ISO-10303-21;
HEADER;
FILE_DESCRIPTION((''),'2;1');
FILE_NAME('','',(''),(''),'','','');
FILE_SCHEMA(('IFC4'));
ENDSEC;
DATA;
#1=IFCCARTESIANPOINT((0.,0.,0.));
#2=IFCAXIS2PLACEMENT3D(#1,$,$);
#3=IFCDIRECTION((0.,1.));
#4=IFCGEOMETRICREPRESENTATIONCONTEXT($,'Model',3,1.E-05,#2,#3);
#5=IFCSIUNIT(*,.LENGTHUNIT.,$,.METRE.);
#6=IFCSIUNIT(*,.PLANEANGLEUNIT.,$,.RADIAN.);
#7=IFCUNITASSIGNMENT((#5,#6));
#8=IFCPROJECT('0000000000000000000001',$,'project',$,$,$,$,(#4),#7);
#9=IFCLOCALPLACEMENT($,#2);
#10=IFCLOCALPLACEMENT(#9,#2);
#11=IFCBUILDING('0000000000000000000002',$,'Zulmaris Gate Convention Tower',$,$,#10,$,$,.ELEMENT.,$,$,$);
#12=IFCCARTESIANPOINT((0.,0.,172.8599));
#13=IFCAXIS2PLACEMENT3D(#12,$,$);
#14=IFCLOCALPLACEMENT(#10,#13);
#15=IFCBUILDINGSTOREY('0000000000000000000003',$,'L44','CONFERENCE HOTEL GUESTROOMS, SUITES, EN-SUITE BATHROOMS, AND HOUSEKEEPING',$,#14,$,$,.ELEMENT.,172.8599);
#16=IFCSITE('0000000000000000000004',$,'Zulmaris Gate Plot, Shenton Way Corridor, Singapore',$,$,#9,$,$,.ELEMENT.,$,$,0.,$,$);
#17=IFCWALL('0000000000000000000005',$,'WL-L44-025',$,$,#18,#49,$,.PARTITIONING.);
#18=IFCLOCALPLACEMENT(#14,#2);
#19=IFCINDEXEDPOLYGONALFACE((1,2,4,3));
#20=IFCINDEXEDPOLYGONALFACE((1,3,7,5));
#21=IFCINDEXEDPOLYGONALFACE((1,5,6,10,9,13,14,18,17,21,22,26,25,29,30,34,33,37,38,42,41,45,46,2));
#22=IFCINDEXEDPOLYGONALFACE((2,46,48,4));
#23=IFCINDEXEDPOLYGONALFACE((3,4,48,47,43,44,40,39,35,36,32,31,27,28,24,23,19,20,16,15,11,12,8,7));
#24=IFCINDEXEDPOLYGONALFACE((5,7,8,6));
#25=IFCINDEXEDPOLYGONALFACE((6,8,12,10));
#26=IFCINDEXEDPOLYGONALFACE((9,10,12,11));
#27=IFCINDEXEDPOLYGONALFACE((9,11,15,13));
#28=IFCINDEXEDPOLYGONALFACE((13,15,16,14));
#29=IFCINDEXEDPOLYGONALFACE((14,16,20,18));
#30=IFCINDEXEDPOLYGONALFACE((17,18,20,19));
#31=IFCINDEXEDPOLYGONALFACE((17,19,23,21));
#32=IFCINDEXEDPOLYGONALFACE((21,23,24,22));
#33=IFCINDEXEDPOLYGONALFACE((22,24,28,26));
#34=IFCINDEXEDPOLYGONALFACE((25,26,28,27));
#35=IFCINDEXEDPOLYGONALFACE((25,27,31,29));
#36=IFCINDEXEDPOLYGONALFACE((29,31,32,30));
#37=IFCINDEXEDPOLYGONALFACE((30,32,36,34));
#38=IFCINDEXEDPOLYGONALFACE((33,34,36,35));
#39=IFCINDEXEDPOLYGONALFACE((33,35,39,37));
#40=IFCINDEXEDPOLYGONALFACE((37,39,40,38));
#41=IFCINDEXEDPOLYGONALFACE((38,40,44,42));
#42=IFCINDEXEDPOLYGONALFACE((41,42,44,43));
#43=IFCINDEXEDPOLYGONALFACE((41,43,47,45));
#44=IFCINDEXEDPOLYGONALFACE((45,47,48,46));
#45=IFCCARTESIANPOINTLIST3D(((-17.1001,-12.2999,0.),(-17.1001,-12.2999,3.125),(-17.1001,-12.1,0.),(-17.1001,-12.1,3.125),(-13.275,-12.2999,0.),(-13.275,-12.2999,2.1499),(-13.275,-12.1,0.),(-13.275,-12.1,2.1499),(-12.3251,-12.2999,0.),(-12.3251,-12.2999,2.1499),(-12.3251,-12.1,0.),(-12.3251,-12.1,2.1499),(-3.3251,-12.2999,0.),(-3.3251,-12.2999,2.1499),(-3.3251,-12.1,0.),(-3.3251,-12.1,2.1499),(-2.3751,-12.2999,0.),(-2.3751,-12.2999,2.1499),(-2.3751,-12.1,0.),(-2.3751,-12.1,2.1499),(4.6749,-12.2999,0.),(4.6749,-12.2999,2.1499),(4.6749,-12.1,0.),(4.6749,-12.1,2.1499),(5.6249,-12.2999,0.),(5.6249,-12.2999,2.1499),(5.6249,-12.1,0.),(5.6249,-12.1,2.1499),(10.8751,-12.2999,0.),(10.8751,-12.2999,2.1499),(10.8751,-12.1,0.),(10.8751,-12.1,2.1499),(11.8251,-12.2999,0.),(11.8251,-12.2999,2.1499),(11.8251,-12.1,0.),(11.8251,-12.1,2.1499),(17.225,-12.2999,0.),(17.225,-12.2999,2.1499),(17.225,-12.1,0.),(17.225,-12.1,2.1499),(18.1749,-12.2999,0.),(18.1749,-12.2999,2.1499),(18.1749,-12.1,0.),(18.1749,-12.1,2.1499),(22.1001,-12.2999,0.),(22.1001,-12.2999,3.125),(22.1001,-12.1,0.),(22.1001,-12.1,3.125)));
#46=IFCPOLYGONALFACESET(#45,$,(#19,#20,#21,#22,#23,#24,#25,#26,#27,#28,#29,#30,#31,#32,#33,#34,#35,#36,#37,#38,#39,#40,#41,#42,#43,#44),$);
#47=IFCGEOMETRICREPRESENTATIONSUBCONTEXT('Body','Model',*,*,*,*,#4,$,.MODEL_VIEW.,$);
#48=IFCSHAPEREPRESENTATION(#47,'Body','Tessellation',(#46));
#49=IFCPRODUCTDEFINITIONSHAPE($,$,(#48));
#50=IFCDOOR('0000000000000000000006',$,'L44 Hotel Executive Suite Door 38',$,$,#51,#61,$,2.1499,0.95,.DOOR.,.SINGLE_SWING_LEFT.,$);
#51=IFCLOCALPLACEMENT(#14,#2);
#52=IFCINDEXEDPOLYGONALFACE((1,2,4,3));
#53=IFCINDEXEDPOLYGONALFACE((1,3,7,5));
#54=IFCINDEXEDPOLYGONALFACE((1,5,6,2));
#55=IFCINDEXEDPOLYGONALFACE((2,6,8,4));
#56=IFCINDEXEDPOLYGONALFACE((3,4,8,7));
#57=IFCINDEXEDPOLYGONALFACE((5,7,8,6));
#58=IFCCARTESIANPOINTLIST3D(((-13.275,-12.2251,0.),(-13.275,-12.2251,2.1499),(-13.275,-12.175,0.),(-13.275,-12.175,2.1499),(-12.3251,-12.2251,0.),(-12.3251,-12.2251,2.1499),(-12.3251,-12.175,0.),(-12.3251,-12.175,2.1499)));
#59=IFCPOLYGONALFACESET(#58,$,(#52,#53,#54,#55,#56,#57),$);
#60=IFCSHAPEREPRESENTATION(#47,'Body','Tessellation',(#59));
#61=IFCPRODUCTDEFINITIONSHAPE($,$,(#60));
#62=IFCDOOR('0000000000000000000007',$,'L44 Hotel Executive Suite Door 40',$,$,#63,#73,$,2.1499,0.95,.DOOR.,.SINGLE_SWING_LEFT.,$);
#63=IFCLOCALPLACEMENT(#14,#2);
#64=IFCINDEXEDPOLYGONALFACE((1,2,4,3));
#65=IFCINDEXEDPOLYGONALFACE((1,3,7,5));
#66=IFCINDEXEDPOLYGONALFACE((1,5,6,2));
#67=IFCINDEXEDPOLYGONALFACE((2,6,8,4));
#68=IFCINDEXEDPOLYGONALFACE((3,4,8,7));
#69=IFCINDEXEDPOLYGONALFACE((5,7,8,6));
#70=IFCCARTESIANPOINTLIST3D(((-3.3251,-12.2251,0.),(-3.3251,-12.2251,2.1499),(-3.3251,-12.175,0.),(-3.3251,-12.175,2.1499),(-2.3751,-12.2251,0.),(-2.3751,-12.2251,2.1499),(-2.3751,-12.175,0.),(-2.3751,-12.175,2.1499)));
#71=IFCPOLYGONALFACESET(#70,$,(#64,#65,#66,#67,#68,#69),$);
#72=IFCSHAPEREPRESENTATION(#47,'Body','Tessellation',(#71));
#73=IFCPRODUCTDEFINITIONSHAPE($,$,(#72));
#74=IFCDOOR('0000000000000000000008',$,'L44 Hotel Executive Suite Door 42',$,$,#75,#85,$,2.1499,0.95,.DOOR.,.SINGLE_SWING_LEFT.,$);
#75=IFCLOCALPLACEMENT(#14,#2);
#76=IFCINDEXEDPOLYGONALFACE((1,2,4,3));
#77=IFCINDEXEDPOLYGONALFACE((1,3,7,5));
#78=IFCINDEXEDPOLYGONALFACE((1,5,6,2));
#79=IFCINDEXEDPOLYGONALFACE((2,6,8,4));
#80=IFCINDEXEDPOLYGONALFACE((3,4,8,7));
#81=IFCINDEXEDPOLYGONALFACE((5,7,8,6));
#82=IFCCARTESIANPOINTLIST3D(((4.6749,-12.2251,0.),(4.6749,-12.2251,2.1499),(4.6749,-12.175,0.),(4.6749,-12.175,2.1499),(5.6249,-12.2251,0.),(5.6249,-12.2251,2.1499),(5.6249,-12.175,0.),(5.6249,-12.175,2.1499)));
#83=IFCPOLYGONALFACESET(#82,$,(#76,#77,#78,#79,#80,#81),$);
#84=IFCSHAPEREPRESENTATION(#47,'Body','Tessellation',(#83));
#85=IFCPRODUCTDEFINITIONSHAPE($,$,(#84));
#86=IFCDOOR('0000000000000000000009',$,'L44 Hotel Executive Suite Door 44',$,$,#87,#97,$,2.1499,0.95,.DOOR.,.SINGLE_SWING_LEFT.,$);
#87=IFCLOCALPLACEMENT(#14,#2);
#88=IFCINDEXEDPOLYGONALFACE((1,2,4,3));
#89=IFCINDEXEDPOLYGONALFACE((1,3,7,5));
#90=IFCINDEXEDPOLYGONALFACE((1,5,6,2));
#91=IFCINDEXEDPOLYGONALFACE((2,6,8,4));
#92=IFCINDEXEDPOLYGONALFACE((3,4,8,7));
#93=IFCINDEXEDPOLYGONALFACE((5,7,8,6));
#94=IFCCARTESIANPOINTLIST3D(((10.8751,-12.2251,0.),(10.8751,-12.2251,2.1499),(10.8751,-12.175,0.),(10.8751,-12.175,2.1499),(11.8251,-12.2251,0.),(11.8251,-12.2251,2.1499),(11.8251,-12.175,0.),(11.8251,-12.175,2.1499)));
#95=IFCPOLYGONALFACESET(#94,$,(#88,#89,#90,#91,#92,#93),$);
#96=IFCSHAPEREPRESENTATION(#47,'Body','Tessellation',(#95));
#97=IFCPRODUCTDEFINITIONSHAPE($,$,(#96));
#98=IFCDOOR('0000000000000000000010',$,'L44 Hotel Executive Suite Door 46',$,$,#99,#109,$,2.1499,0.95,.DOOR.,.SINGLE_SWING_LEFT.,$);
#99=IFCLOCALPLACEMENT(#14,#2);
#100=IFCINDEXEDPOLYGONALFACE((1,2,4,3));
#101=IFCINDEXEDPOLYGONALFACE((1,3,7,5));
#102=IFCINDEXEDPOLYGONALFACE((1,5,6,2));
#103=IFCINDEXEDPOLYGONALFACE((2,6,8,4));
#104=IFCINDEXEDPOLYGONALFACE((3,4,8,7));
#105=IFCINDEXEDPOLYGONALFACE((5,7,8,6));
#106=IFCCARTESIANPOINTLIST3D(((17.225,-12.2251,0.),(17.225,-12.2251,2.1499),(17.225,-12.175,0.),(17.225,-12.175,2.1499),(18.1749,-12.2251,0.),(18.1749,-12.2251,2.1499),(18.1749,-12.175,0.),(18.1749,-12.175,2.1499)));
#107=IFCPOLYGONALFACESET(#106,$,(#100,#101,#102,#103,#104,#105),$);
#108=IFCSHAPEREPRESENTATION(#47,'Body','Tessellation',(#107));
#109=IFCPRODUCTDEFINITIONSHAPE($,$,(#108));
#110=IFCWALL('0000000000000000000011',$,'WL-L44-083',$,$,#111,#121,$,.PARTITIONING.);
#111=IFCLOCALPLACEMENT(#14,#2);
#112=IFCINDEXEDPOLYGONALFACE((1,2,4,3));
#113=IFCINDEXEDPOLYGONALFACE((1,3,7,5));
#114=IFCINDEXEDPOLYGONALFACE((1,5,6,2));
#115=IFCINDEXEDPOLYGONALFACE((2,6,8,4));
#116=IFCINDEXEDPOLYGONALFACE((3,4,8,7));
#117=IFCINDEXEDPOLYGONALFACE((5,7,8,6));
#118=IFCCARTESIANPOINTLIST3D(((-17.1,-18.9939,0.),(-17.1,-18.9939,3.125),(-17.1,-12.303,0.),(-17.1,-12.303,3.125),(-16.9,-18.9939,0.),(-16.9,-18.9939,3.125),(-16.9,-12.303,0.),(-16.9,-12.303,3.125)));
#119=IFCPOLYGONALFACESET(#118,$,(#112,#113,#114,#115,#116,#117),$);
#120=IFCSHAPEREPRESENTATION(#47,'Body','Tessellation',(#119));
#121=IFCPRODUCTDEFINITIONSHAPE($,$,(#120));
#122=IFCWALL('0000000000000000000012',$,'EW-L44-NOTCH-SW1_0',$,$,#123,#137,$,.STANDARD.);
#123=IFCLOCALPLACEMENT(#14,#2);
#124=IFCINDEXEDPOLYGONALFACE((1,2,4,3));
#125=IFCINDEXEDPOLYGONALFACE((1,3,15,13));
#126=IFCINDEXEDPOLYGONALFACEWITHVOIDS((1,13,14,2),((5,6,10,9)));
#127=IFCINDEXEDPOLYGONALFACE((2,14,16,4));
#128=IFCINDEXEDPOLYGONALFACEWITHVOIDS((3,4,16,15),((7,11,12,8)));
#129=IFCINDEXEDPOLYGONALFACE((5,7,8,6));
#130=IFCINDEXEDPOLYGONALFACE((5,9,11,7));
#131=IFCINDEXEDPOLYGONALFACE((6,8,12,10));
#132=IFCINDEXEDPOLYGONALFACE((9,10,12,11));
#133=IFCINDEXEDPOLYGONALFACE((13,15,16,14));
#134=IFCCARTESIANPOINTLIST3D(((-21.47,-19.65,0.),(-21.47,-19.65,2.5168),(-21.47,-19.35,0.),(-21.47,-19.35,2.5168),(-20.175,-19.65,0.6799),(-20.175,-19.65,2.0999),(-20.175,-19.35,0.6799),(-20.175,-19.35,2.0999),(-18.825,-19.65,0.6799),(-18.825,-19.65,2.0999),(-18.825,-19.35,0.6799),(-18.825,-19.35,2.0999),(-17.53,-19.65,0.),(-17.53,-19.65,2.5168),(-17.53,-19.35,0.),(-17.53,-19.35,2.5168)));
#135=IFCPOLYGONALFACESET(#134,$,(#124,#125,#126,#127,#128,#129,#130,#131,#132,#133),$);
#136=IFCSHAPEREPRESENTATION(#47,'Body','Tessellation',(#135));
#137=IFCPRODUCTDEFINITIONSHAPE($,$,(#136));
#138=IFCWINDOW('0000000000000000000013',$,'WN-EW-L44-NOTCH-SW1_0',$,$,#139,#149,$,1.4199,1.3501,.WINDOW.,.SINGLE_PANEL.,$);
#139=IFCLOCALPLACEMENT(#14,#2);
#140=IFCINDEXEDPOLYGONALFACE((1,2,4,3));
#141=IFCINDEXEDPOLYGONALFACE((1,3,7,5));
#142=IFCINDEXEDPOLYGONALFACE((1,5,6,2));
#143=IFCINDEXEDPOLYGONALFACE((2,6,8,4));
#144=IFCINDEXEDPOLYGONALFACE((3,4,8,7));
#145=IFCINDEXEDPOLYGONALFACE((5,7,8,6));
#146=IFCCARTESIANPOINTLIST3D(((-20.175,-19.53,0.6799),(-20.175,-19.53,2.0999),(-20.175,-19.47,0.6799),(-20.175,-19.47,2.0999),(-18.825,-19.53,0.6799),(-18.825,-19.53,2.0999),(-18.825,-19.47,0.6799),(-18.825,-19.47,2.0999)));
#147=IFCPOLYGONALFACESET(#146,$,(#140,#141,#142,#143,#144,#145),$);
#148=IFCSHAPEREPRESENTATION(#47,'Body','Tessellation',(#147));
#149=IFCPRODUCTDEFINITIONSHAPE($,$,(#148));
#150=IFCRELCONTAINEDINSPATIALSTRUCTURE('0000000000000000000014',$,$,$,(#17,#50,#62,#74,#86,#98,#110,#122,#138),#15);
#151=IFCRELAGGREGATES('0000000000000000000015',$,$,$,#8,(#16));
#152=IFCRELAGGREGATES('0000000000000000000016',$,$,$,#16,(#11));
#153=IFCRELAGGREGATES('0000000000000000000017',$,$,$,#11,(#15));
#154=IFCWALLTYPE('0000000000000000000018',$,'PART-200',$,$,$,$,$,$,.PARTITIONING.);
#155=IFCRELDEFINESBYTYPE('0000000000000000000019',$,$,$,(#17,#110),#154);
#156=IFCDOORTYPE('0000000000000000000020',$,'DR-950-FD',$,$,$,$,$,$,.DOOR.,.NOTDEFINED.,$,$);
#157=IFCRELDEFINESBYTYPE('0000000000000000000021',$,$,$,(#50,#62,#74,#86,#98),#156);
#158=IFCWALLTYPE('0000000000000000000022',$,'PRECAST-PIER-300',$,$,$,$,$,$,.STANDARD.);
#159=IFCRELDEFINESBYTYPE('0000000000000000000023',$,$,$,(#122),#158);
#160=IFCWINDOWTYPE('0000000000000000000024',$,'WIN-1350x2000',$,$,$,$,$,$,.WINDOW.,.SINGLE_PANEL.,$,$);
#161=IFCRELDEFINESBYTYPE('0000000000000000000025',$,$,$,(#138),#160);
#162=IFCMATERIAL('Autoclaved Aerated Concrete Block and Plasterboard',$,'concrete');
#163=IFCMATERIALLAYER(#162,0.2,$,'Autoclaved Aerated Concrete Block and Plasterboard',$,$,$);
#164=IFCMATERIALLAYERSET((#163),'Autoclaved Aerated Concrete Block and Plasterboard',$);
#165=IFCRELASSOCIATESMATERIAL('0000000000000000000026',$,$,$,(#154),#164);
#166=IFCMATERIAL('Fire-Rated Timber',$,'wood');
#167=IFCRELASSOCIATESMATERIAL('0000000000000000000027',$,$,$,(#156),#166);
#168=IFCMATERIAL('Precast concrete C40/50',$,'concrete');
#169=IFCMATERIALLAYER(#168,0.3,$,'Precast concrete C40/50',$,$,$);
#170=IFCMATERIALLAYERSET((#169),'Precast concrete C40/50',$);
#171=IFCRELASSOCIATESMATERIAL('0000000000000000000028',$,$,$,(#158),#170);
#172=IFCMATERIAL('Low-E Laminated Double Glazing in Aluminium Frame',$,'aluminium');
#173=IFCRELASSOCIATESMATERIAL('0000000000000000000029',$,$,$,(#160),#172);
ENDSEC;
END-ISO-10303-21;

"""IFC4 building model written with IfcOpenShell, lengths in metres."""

from ifc_helpers import new_model, si_unit, direction, frame, frame_2d, origin, place, context, subcontext, project, spatial, rectangle, extrude, material, layer, layer_set, type_object, element, fill, save


model = new_model("IFC4")

# Units and contexts
model_context = context("Model", 3, precision=1e-05, world=origin(), true_north=direction((0.0, 1.0)))
body_context = subcontext(model_context, "Body", "Model", "MODEL_VIEW")
ifc_project = project(units=[si_unit("LENGTHUNIT", "METRE"), si_unit("PLANEANGLEUNIT", "RADIAN")], contexts=[model_context])

# Site, building, storey
site_placement = place(None, origin())
site = spatial("IfcSite", under=ifc_project, at=site_placement, Name="Zulmaris Gate Plot, Shenton Way Corridor, Singapore", CompositionType="ELEMENT", RefElevation=0.0)
building_placement = place(site_placement, origin())
building = spatial("IfcBuilding", under=site, at=building_placement, Name="Zulmaris Gate Convention Tower", CompositionType="ELEMENT")
storey_placement = place(building_placement, frame((0.0, 0.0, 172.8599)))
storey = spatial("IfcBuildingStorey", under=building, at=storey_placement, Name="L44", Description="CONFERENCE HOTEL GUESTROOMS, SUITES, EN-SUITE BATHROOMS, AND HOUSEKEEPING", CompositionType="ELEMENT", Elevation=172.8599)

# Wall, openings, doors
ifc_material_1 = material(Name="Autoclaved Aerated Concrete Block and Plasterboard", Category="concrete")
ifc_layer_1 = layer(ifc_material_1, 0.2, Name="Autoclaved Aerated Concrete Block and Plasterboard")
ifc_layer_set_1 = layer_set([ifc_layer_1], Name="Autoclaved Aerated Concrete Block and Plasterboard")
wall_type_1 = type_object("IfcWallType", Name="PART-200", PredefinedType="PARTITIONING", material=ifc_layer_set_1)
wall_1_placement = place(storey_placement, frame((-17.1001, -12.2, 0.0), z_axis=(0.0, 0.0, 1.0), x_axis=(1.0, 0.0, 0.0)))
wall_1 = element("IfcWall", 1, at=wall_1_placement, inside=storey, type_object=wall_type_1, Name="WL-L44-025", PredefinedType="PARTITIONING", context=body_context, shape_type="SweptSolid", body=[
    extrude(rectangle(XDim=39.2002, YDim=0.2, at=frame_2d((19.6001, 0.0))), origin(), (0.0, 0.0, 1.0), 3.125),
])
opening_1_placement = place(wall_1_placement, frame((3.825, 0.0, 0.0)))
opening_1 = element("IfcOpeningElement", 2, at=opening_1_placement, cuts=wall_1, PredefinedType="OPENING", context=body_context, shape_type="SweptSolid", body=[
    extrude(rectangle(XDim=0.95, YDim=2.1499, at=frame_2d((0.4751, 1.075))), frame((0.0, 0.1099, 0.0), z_axis=(0.0, -1.0, 0.0), x_axis=(1.0, 0.0, 0.0)), (0.0, 0.0, 1.0), 0.22),
])
opening_2_placement = place(wall_1_placement, frame((13.7749, 0.0, 0.0)))
opening_2 = element("IfcOpeningElement", 3, at=opening_2_placement, cuts=wall_1, PredefinedType="OPENING", context=body_context, shape_type="SweptSolid", body=[
    extrude(rectangle(XDim=0.95, YDim=2.1499, at=frame_2d((0.4751, 1.075))), frame((0.0, 0.1099, 0.0), z_axis=(0.0, -1.0, 0.0), x_axis=(1.0, 0.0, 0.0)), (0.0, 0.0, 1.0), 0.22),
])
opening_3_placement = place(wall_1_placement, frame((21.7749, 0.0, 0.0)))
opening_3 = element("IfcOpeningElement", 4, at=opening_3_placement, cuts=wall_1, PredefinedType="OPENING", context=body_context, shape_type="SweptSolid", body=[
    extrude(rectangle(XDim=0.95, YDim=2.1499, at=frame_2d((0.4751, 1.075))), frame((0.0, 0.1099, 0.0), z_axis=(0.0, -1.0, 0.0), x_axis=(1.0, 0.0, 0.0)), (0.0, 0.0, 1.0), 0.22),
])
opening_4_placement = place(wall_1_placement, frame((27.9751, 0.0, 0.0)))
opening_4 = element("IfcOpeningElement", 5, at=opening_4_placement, cuts=wall_1, PredefinedType="OPENING", context=body_context, shape_type="SweptSolid", body=[
    extrude(rectangle(XDim=0.95, YDim=2.1499, at=frame_2d((0.4751, 1.075))), frame((0.0, 0.1099, 0.0), z_axis=(0.0, -1.0, 0.0), x_axis=(1.0, 0.0, 0.0)), (0.0, 0.0, 1.0), 0.22),
])
opening_5_placement = place(wall_1_placement, frame((34.325, 0.0, 0.0)))
opening_5 = element("IfcOpeningElement", 6, at=opening_5_placement, cuts=wall_1, PredefinedType="OPENING", context=body_context, shape_type="SweptSolid", body=[
    extrude(rectangle(XDim=0.95, YDim=2.1499, at=frame_2d((0.4751, 1.075))), frame((0.0, 0.1099, 0.0), z_axis=(0.0, -1.0, 0.0), x_axis=(1.0, 0.0, 0.0)), (0.0, 0.0, 1.0), 0.22),
])
ifc_material_2 = material(Name="Fire-Rated Timber", Category="wood")
door_type_1 = type_object("IfcDoorType", Name="DR-950-FD", OperationType="NOTDEFINED", PredefinedType="DOOR", material=ifc_material_2)
door_1_placement = place(opening_1_placement, origin())
door_1 = element("IfcDoor", 7, at=door_1_placement, inside=storey, type_object=door_type_1, Name="L44 Hotel Executive Suite Door 38", OperationType="SINGLE_SWING_LEFT", OverallHeight=2.1499, OverallWidth=0.95, PredefinedType="DOOR", context=body_context, shape_type="SweptSolid", body=[
    extrude(rectangle(XDim=0.95, YDim=2.1499, at=frame_2d((0.4751, 1.075))), frame((0.0, 0.0249, 0.0), z_axis=(0.0, -1.0, 0.0), x_axis=(1.0, 0.0, 0.0)), (0.0, 0.0, 1.0), 0.05),
])
fill(opening_1, door_1)
door_2_placement = place(opening_2_placement, origin())
door_2 = element("IfcDoor", 8, at=door_2_placement, inside=storey, type_object=door_type_1, Name="L44 Hotel Executive Suite Door 40", OperationType="SINGLE_SWING_LEFT", OverallHeight=2.1499, OverallWidth=0.95, PredefinedType="DOOR", context=body_context, shape_type="SweptSolid", body=[
    extrude(rectangle(XDim=0.95, YDim=2.1499, at=frame_2d((0.4751, 1.075))), frame((0.0, 0.0249, 0.0), z_axis=(0.0, -1.0, 0.0), x_axis=(1.0, 0.0, 0.0)), (0.0, 0.0, 1.0), 0.05),
])
fill(opening_2, door_2)
door_3_placement = place(opening_3_placement, origin())
door_3 = element("IfcDoor", 9, at=door_3_placement, inside=storey, type_object=door_type_1, Name="L44 Hotel Executive Suite Door 42", OperationType="SINGLE_SWING_LEFT", OverallHeight=2.1499, OverallWidth=0.95, PredefinedType="DOOR", context=body_context, shape_type="SweptSolid", body=[
    extrude(rectangle(XDim=0.95, YDim=2.1499, at=frame_2d((0.4751, 1.075))), frame((0.0, 0.0249, 0.0), z_axis=(0.0, -1.0, 0.0), x_axis=(1.0, 0.0, 0.0)), (0.0, 0.0, 1.0), 0.05),
])
fill(opening_3, door_3)
door_4_placement = place(opening_4_placement, origin())
door_4 = element("IfcDoor", 10, at=door_4_placement, inside=storey, type_object=door_type_1, Name="L44 Hotel Executive Suite Door 44", OperationType="SINGLE_SWING_LEFT", OverallHeight=2.1499, OverallWidth=0.95, PredefinedType="DOOR", context=body_context, shape_type="SweptSolid", body=[
    extrude(rectangle(XDim=0.95, YDim=2.1499, at=frame_2d((0.4751, 1.075))), frame((0.0, 0.0249, 0.0), z_axis=(0.0, -1.0, 0.0), x_axis=(1.0, 0.0, 0.0)), (0.0, 0.0, 1.0), 0.05),
])
fill(opening_4, door_4)
door_5_placement = place(opening_5_placement, origin())
door_5 = element("IfcDoor", 11, at=door_5_placement, inside=storey, type_object=door_type_1, Name="L44 Hotel Executive Suite Door 46", OperationType="SINGLE_SWING_LEFT", OverallHeight=2.1499, OverallWidth=0.95, PredefinedType="DOOR", context=body_context, shape_type="SweptSolid", body=[
    extrude(rectangle(XDim=0.95, YDim=2.1499, at=frame_2d((0.4751, 1.075))), frame((0.0, 0.0249, 0.0), z_axis=(0.0, -1.0, 0.0), x_axis=(1.0, 0.0, 0.0)), (0.0, 0.0, 1.0), 0.05),
])
fill(opening_5, door_5)

# Wall
wall_2_placement = place(storey_placement, frame((-17.0, -18.9939, 0.0), z_axis=(0.0, 0.0, 1.0), x_axis=(0.0, 1.0, 0.0)))
element("IfcWall", 12, at=wall_2_placement, inside=storey, type_object=wall_type_1, Name="WL-L44-083", PredefinedType="PARTITIONING", context=body_context, shape_type="SweptSolid", body=[
    extrude(rectangle(XDim=6.6909, YDim=0.2, at=frame_2d((3.3455, 0.0))), origin(), (0.0, 0.0, 1.0), 3.125),
])

# Wall, opening, window
ifc_material_3 = material(Name="Precast concrete C40/50", Category="concrete")
ifc_layer_2 = layer(ifc_material_3, 0.3, Name="Precast concrete C40/50")
ifc_layer_set_2 = layer_set([ifc_layer_2], Name="Precast concrete C40/50")
wall_type_2 = type_object("IfcWallType", Name="PRECAST-PIER-300", PredefinedType="STANDARD", material=ifc_layer_set_2)
wall_3_placement = place(storey_placement, frame((-21.47, -19.5, 0.0), z_axis=(0.0, 0.0, 1.0), x_axis=(1.0, 0.0, 0.0)))
wall_3 = element("IfcWall", 13, at=wall_3_placement, inside=storey, type_object=wall_type_2, Name="EW-L44-NOTCH-SW1_0", PredefinedType="STANDARD", context=body_context, shape_type="SweptSolid", body=[
    extrude(rectangle(XDim=3.9399, YDim=0.3, at=frame_2d((1.97, 0.0))), origin(), (0.0, 0.0, 1.0), 2.5168),
])
opening_6_placement = place(wall_3_placement, frame((1.2949, 0.0, 0.6799)))
opening_6 = element("IfcOpeningElement", 14, at=opening_6_placement, cuts=wall_3, PredefinedType="OPENING", context=body_context, shape_type="SweptSolid", body=[
    extrude(rectangle(XDim=1.3501, YDim=1.4199, at=frame_2d((0.675, 0.71))), frame((0.0, 0.1602, 0.0), z_axis=(0.0, -1.0, 0.0), x_axis=(1.0, 0.0, 0.0)), (0.0, 0.0, 1.0), 0.3201),
])
ifc_material_4 = material(Name="Low-E Laminated Double Glazing in Aluminium Frame", Category="aluminium")
window_type = type_object("IfcWindowType", Name="WIN-1350x2000", PartitioningType="SINGLE_PANEL", PredefinedType="WINDOW", material=ifc_material_4)
window_placement = place(opening_6_placement, origin())
window = element("IfcWindow", 15, at=window_placement, inside=storey, type_object=window_type, Name="WN-EW-L44-NOTCH-SW1_0", OverallHeight=1.4199, OverallWidth=1.3501, PartitioningType="SINGLE_PANEL", PredefinedType="WINDOW", context=body_context, shape_type="SweptSolid", body=[
    extrude(rectangle(XDim=1.3501, YDim=1.4199, at=frame_2d((0.675, 0.71))), frame((0.0, 0.03, 0.0), z_axis=(0.0, -1.0, 0.0), x_axis=(1.0, 0.0, 0.0)), (0.0, 0.0, 1.0), 0.0601),
])
fill(opening_6, window)

save(model, "model.ifc")
